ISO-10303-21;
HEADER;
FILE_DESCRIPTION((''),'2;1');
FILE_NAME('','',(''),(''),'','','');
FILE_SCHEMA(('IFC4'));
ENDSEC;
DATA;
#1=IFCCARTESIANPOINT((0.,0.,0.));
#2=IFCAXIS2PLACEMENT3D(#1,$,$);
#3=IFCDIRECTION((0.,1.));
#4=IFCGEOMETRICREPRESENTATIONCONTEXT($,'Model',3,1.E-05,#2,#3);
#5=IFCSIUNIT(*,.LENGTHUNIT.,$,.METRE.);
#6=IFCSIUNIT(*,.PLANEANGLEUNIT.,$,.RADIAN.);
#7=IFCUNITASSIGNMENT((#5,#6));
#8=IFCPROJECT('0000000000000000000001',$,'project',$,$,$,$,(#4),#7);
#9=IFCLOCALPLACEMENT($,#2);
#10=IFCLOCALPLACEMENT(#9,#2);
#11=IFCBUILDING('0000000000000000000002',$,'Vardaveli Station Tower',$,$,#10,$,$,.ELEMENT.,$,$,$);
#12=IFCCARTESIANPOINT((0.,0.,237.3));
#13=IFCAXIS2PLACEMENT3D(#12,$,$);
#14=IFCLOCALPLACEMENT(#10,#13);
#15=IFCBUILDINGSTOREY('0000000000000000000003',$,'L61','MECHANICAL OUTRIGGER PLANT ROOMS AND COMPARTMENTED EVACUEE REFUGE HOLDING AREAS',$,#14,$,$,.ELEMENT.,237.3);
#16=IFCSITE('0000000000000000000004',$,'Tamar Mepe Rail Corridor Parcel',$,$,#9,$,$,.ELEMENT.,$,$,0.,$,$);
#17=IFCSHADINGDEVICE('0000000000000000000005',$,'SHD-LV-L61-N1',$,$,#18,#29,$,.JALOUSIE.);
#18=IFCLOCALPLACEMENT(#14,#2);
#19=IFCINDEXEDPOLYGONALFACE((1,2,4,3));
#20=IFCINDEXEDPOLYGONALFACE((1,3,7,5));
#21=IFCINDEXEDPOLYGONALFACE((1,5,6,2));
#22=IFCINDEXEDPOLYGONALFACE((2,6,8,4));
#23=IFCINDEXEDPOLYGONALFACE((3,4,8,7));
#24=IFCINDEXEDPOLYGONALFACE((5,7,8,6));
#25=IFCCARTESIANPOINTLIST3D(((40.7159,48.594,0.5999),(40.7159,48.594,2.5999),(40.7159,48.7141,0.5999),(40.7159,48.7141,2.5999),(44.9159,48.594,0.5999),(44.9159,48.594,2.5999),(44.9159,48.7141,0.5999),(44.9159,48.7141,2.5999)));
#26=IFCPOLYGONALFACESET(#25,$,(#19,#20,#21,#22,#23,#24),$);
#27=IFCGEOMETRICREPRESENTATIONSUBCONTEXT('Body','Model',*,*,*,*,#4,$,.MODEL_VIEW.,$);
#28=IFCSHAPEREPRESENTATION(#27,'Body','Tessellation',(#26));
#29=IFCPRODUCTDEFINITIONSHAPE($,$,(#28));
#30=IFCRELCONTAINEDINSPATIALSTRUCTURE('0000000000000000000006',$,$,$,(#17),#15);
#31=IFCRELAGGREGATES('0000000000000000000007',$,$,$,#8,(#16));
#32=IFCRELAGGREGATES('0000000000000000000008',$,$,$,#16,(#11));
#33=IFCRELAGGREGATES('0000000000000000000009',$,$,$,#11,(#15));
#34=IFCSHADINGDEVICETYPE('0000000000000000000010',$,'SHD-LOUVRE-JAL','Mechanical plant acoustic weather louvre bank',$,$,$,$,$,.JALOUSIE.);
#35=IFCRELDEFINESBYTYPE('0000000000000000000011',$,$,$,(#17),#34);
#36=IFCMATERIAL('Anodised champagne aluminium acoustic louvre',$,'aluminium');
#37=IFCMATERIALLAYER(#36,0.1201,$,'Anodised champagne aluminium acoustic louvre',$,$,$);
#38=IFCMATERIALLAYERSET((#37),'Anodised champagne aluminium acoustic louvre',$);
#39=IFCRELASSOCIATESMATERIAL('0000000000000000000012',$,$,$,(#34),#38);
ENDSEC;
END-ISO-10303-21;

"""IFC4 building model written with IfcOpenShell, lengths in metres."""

from ifc_helpers import new_model, si_unit, direction, frame, origin, origin_2d, place, context, subcontext, project, spatial, rectangle, extrude, source, transform, mapped, material, layer, layer_set, type_object, element, save


model = new_model("IFC4")

# Units and contexts
model_context = context("Model", 3, precision=1e-05, world=origin(), true_north=direction((0.0, 1.0)))
body_context = subcontext(model_context, "Body", "Model", "MODEL_VIEW")
ifc_project = project(units=[si_unit("LENGTHUNIT", "METRE"), si_unit("PLANEANGLEUNIT", "RADIAN")], contexts=[model_context])

# Site, building, storey
site_placement = place(None, origin())
site = spatial("IfcSite", under=ifc_project, at=site_placement, Name="Tamar Mepe Rail Corridor Parcel", CompositionType="ELEMENT", RefElevation=0.0)
building_placement = place(site_placement, origin())
building = spatial("IfcBuilding", under=site, at=building_placement, Name="Vardaveli Station Tower", CompositionType="ELEMENT")
storey_placement = place(building_placement, frame((0.0, 0.0, 237.3)))
storey = spatial("IfcBuildingStorey", under=building, at=storey_placement, Name="L61", Description="MECHANICAL OUTRIGGER PLANT ROOMS AND COMPARTMENTED EVACUEE REFUGE HOLDING AREAS", CompositionType="ELEMENT", Elevation=237.3)

# Shading device
ifc_material_1 = material(Name="Anodised champagne aluminium acoustic louvre", Category="aluminium")
ifc_layer_1 = layer(ifc_material_1, 0.1201, Name="Anodised champagne aluminium acoustic louvre")
ifc_layer_set_1 = layer_set([ifc_layer_1], Name="Anodised champagne aluminium acoustic louvre")
shading_device_type = type_object("IfcShadingDeviceType", Name="SHD-LOUVRE-JAL", Description="Mechanical plant acoustic weather louvre bank", PredefinedType="JALOUSIE", material=ifc_layer_set_1)
shared_shape_1 = source(origin(), body_context, "Body", "SweptSolid", [
    extrude(rectangle(XDim=4.2, YDim=0.1201, at=origin_2d()), origin(), (0.0, 0.0, 1.0), 2.0),
])
shading_device_placement = place(storey_placement, frame((42.8159, 48.6541, 0.5999), z_axis=(0.0, 0.0, 1.0), x_axis=(1.0, 0.0, 0.0)))
element("IfcShadingDevice", 1, at=shading_device_placement, inside=storey, type_object=shading_device_type, Name="SHD-LV-L61-N1", PredefinedType="JALOUSIE", context=body_context, shape_type="MappedRepresentation", body=[
    mapped(shared_shape_1, transform((0.0, 0.0, 0.0), scale=1.0)),
])

save(model, "model.ifc")
